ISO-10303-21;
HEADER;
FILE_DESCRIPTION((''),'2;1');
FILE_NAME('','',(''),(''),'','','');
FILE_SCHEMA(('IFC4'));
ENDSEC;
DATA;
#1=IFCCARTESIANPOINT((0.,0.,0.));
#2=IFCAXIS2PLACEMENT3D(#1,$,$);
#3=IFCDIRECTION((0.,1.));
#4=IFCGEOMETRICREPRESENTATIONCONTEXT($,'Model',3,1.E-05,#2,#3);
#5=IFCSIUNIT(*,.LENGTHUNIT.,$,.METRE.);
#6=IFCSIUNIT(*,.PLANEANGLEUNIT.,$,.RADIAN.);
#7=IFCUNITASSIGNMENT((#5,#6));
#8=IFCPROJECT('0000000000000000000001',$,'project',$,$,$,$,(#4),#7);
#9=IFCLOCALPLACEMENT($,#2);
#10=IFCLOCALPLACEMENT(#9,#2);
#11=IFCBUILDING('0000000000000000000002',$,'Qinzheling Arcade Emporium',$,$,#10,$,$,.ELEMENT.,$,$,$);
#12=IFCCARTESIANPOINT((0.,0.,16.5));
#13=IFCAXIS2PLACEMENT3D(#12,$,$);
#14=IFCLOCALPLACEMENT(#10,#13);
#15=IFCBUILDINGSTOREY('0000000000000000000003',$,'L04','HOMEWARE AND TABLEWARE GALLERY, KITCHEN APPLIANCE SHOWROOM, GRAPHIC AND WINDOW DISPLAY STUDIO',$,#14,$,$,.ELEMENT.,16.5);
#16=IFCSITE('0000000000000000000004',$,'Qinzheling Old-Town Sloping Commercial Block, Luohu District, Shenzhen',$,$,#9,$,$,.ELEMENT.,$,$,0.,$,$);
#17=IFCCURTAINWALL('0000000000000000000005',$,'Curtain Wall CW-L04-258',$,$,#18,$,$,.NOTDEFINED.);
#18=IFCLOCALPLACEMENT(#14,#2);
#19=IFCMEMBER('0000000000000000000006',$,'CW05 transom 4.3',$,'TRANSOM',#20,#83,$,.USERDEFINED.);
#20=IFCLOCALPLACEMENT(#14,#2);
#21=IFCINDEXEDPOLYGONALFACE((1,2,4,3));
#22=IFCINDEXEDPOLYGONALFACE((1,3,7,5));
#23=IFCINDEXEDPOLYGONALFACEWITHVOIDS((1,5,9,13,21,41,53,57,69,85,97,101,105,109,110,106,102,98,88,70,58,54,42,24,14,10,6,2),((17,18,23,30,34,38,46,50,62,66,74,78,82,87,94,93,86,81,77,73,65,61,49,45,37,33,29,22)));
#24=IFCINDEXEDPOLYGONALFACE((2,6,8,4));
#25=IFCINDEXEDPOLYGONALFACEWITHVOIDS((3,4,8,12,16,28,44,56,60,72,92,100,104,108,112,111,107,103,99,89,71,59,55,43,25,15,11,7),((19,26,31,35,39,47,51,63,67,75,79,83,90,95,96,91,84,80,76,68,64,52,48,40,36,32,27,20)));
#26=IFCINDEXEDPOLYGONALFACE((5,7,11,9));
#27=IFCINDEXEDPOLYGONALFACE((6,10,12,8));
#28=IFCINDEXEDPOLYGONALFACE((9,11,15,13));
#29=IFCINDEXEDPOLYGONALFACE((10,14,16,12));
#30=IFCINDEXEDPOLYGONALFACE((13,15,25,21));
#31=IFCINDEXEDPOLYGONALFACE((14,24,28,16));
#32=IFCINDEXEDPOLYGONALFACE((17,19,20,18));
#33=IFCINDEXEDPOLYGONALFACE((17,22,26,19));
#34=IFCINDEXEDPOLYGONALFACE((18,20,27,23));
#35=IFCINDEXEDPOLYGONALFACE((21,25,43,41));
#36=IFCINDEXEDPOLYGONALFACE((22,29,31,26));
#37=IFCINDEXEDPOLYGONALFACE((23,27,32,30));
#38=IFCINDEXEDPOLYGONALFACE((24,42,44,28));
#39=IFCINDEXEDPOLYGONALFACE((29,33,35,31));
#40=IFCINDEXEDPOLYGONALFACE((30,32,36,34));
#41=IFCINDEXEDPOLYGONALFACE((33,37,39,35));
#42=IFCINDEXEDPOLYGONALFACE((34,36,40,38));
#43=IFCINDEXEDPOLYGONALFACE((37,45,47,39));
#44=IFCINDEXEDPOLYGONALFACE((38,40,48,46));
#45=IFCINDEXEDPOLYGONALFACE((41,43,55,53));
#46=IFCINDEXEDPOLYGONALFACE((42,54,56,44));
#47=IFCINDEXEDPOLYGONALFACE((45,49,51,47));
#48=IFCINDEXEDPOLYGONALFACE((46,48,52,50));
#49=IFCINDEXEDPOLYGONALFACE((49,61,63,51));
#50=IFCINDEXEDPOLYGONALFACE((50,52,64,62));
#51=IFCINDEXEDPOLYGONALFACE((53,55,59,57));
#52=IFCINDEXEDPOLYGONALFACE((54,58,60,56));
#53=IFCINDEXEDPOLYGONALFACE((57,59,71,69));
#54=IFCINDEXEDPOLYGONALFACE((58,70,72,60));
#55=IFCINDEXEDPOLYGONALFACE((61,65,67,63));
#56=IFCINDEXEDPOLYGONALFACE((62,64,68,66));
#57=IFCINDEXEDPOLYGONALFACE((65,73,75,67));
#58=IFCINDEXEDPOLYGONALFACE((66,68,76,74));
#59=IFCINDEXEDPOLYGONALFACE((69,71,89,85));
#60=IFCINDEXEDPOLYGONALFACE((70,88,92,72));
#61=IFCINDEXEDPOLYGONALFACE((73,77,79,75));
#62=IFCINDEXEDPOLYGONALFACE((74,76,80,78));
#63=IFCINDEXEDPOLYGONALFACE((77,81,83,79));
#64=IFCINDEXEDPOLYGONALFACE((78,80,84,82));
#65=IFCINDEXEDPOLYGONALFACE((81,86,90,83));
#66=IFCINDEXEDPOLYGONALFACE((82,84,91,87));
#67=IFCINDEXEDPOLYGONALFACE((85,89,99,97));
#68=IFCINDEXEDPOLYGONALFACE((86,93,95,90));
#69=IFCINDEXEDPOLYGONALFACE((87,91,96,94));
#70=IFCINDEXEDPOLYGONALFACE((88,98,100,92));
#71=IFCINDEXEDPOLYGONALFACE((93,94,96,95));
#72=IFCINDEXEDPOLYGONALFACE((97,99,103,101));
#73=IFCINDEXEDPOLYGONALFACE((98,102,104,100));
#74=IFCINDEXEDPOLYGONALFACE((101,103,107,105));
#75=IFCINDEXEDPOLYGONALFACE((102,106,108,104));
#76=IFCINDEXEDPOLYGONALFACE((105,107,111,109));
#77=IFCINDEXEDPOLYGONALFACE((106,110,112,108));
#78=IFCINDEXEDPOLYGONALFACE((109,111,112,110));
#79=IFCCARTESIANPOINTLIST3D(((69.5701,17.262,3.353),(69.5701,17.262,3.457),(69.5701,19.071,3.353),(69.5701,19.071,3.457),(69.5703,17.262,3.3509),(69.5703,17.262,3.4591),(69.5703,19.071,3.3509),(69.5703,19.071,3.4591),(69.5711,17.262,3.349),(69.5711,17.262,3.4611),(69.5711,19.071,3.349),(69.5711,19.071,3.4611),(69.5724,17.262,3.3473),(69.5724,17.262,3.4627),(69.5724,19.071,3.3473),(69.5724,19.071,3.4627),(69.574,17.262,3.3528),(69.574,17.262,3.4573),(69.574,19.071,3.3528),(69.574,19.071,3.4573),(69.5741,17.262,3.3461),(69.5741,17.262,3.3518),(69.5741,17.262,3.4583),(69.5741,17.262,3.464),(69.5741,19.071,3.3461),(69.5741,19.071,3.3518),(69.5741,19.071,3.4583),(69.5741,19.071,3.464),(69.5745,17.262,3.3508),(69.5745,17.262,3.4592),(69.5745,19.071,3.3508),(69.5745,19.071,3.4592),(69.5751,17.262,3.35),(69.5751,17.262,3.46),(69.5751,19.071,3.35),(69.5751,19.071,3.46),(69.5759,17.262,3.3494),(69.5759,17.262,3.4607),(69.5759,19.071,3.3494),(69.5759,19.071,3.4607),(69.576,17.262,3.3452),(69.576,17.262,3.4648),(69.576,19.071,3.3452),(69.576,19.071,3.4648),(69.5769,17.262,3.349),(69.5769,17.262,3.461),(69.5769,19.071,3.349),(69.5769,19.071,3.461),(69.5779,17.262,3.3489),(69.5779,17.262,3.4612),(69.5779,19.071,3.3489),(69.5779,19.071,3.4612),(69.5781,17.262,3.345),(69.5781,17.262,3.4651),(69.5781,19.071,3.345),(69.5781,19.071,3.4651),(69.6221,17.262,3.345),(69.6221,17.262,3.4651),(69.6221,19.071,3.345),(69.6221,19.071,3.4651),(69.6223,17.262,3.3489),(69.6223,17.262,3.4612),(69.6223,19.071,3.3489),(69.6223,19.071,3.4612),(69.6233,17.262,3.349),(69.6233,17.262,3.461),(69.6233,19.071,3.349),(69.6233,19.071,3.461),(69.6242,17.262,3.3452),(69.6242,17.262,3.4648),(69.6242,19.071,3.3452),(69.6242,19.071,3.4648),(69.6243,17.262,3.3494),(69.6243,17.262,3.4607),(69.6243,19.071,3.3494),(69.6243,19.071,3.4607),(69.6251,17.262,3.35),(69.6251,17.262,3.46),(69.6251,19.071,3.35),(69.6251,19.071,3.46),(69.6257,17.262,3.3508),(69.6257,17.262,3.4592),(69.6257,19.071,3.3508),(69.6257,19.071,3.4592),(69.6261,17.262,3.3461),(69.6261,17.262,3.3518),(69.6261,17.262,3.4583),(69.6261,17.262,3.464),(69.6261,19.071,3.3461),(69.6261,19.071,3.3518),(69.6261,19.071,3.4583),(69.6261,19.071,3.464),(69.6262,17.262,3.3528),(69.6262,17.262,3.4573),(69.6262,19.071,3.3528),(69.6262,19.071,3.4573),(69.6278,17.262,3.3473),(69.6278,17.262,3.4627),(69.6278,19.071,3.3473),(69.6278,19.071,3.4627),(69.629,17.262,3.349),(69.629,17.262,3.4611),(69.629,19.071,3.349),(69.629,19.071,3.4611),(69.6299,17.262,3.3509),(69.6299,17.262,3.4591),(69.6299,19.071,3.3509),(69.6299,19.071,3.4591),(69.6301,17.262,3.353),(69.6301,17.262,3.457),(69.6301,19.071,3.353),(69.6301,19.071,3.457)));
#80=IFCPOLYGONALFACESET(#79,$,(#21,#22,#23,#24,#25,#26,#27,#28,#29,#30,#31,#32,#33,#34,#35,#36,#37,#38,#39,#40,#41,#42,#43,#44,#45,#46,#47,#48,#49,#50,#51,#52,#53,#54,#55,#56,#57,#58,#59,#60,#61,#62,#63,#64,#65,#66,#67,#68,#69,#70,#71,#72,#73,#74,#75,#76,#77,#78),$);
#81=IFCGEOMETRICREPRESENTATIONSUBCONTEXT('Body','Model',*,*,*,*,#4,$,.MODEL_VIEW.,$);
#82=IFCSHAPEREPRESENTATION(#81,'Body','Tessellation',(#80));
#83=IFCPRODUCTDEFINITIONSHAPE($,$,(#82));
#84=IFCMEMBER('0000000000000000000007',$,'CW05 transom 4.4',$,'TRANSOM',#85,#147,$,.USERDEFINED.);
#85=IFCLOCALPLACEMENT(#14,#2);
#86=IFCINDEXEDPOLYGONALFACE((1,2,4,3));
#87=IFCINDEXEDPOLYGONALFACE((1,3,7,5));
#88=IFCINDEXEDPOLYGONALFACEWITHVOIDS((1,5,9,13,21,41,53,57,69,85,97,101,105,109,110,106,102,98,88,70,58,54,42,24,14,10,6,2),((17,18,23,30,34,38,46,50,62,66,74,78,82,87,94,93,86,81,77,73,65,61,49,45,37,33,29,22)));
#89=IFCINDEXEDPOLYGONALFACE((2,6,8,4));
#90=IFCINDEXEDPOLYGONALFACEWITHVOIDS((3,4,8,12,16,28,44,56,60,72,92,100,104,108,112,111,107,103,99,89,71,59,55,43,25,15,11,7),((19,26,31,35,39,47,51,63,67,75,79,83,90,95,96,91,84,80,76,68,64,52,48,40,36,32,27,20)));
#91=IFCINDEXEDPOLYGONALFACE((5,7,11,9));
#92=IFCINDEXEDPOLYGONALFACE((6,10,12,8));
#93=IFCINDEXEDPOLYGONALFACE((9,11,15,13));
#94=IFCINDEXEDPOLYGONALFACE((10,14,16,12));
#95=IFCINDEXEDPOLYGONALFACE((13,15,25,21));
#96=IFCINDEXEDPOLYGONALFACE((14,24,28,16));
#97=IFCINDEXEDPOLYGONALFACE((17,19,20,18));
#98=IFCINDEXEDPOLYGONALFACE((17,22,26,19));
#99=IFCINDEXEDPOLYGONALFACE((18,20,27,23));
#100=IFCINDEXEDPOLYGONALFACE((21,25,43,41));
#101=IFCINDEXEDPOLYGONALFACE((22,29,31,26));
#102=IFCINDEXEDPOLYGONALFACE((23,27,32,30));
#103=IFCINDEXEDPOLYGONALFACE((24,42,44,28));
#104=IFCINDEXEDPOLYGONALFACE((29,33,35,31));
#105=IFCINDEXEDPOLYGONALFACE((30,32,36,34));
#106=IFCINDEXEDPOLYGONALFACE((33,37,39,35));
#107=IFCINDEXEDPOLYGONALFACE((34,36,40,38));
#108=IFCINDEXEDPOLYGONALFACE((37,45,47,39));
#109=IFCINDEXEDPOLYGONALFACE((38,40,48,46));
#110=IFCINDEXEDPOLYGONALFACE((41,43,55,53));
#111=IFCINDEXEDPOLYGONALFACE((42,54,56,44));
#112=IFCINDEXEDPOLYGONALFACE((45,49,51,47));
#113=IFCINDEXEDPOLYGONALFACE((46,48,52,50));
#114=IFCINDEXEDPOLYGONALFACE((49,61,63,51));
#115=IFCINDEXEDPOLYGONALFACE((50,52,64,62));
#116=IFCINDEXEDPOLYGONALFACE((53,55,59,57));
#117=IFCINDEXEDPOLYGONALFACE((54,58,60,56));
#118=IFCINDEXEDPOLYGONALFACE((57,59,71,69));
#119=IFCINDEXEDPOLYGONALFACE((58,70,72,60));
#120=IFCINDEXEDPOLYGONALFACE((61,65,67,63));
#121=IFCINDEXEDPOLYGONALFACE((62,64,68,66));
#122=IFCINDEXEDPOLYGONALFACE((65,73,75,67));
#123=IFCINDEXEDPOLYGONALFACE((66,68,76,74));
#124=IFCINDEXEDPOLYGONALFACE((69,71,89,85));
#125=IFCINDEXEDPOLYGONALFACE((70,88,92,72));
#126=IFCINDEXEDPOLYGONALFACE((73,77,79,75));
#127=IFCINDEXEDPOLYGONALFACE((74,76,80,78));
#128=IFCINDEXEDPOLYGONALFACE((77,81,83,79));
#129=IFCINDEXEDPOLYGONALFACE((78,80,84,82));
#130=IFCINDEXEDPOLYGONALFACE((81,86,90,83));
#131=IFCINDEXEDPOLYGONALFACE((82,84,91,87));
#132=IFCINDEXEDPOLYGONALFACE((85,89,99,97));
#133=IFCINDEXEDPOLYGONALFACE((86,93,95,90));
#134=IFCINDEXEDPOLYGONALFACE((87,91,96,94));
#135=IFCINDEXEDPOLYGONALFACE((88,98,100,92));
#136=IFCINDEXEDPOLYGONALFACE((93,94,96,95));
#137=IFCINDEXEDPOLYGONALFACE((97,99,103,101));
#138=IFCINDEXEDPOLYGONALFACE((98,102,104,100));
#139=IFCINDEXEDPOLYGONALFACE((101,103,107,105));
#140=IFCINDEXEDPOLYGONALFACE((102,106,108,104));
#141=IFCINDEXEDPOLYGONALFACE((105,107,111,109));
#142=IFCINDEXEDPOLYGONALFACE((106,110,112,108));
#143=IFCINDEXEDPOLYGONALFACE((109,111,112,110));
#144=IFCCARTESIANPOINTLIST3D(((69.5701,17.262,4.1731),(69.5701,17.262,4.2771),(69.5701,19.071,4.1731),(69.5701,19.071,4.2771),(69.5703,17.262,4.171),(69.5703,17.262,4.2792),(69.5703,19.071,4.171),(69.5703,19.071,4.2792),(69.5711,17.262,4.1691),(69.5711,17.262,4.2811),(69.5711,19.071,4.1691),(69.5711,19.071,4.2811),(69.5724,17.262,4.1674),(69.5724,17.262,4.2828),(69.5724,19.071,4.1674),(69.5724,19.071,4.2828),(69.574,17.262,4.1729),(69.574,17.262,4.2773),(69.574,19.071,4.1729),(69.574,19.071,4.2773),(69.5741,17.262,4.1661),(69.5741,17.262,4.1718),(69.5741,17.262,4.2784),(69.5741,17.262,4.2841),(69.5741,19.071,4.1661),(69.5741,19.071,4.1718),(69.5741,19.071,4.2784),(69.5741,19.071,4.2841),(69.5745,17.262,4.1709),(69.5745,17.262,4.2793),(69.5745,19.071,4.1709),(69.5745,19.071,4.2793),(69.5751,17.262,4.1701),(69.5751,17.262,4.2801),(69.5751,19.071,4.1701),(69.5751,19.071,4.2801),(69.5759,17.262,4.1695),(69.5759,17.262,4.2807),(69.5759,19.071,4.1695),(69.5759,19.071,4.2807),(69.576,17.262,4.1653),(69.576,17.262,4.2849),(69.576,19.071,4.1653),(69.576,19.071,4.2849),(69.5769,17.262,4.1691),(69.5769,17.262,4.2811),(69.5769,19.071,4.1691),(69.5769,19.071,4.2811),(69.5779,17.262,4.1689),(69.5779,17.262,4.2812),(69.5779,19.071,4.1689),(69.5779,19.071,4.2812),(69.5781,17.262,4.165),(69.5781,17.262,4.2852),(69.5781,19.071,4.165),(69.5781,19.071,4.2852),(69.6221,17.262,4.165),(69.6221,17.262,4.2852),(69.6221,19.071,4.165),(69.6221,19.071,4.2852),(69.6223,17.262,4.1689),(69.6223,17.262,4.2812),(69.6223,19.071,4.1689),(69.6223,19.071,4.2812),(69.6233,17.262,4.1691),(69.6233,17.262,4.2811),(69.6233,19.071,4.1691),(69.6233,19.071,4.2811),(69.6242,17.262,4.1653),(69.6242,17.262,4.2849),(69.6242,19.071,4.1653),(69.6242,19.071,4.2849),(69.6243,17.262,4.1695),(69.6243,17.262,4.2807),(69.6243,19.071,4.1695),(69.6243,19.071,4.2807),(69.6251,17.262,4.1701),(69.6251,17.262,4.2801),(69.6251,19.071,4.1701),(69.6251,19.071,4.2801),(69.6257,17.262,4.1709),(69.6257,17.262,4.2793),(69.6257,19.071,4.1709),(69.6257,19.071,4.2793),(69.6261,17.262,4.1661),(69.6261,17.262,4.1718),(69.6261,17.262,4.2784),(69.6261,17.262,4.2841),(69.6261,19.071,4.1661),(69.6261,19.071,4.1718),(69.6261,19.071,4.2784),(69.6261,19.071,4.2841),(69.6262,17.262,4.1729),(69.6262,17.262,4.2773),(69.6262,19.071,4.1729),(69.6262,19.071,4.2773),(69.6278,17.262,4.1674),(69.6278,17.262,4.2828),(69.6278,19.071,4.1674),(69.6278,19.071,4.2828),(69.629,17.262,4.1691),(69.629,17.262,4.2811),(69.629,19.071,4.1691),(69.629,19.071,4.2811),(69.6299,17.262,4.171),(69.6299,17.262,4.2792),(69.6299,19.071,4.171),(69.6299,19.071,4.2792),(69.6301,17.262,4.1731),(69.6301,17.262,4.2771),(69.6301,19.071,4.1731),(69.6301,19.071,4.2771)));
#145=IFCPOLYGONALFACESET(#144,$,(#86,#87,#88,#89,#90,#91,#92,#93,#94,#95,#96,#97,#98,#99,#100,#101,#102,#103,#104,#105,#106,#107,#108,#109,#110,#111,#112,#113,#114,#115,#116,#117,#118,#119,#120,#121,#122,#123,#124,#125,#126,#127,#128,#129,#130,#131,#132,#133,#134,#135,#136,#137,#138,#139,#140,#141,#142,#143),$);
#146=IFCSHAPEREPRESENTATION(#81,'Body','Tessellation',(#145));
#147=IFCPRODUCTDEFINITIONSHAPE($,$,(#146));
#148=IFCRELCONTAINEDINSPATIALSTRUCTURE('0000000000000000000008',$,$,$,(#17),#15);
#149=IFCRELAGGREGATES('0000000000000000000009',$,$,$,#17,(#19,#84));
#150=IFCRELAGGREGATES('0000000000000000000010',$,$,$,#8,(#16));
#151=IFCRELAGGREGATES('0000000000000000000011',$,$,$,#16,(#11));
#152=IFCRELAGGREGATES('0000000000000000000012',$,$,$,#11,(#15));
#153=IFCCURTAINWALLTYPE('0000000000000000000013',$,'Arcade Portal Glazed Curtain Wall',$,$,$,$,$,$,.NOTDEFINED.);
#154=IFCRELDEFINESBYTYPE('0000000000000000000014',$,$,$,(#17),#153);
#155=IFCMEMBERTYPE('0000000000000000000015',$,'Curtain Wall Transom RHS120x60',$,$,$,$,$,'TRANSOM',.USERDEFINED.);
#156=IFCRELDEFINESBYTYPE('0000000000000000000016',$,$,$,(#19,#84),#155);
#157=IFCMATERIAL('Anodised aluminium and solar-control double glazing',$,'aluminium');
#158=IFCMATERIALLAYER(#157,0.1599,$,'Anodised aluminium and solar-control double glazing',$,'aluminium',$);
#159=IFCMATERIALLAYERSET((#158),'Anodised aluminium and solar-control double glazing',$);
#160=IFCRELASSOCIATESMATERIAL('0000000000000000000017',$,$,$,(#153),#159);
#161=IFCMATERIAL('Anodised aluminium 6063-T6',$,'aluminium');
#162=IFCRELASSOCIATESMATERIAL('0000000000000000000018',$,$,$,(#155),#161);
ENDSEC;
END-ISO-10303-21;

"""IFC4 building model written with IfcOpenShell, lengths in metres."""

from ifc_helpers import new_model, si_unit, direction, frame, origin, origin_2d, place, context, subcontext, project, spatial, hollow_rectangle, extrude, material, layer, layer_set, material_profile, profile_set, type_object, element, aggregate, save


model = new_model("IFC4")

# Units and contexts
model_context = context("Model", 3, precision=1e-05, world=origin(), true_north=direction((0.0, 1.0)))
body_context = subcontext(model_context, "Body", "Model", "MODEL_VIEW")
ifc_project = project(units=[si_unit("LENGTHUNIT", "METRE"), si_unit("PLANEANGLEUNIT", "RADIAN")], contexts=[model_context])

# Site, building, storey
site_placement = place(None, origin())
site = spatial("IfcSite", under=ifc_project, at=site_placement, Name="Qinzheling Old-Town Sloping Commercial Block, Luohu District, Shenzhen", CompositionType="ELEMENT", RefElevation=0.0)
building_placement = place(site_placement, origin())
building = spatial("IfcBuilding", under=site, at=building_placement, Name="Qinzheling Arcade Emporium", CompositionType="ELEMENT")
storey_placement = place(building_placement, frame((0.0, 0.0, 16.5)))
storey = spatial("IfcBuildingStorey", under=building, at=storey_placement, Name="L04", Description="HOMEWARE AND TABLEWARE GALLERY, KITCHEN APPLIANCE SHOWROOM, GRAPHIC AND WINDOW DISPLAY STUDIO", CompositionType="ELEMENT", Elevation=16.5)

# Curtain wall
ifc_material_1 = material(Name="Anodised aluminium and solar-control double glazing", Category="aluminium")
ifc_layer_1 = layer(ifc_material_1, 0.1599, Name="Anodised aluminium and solar-control double glazing", Category="aluminium")
ifc_layer_set_1 = layer_set([ifc_layer_1], Name="Anodised aluminium and solar-control double glazing")
curtain_wall_type = type_object("IfcCurtainWallType", Name="Arcade Portal Glazed Curtain Wall", PredefinedType="NOTDEFINED", material=ifc_layer_set_1)
curtain_wall_1_placement = place(storey_placement, origin())
curtain_wall_1 = element("IfcCurtainWall", 1, at=curtain_wall_1_placement, inside=storey, type_object=curtain_wall_type, Name="Curtain Wall CW-L04-258", PredefinedType="NOTDEFINED")
ifc_material_2 = material(Name="Anodised aluminium 6063-T6", Category="aluminium")

# Members
ifc_material_profile_1 = material_profile(ifc_material_2, hollow_rectangle(XDim=0.0601, YDim=0.1201, WallThickness=0.0039, InnerFilletRadius=0.0039, OuterFilletRadius=0.0081, at=origin_2d()), Name="RHS 120x60x4", Category="aluminium")
ifc_profile_set_1 = profile_set([ifc_material_profile_1], Name="Anodised aluminium 6063-T6")
member_type_1 = type_object("IfcMemberType", Name="Curtain Wall Transom RHS120x60", ElementType="TRANSOM", PredefinedType="USERDEFINED", material=ifc_profile_set_1)
member_1_placement = place(storey_placement, frame((69.6001, 19.071, 3.405), z_axis=(0.0, -1.0, 0.0), x_axis=(1.0, 0.0, 0.0)))
member_1 = element("IfcMember", 2, at=member_1_placement, type_object=member_type_1, Name="CW05 transom 4.3", ObjectType="TRANSOM", PredefinedType="USERDEFINED", context=body_context, shape_type="SweptSolid", body=[
    extrude(hollow_rectangle(XDim=0.0601, YDim=0.1201, WallThickness=0.0039, InnerFilletRadius=0.0039, OuterFilletRadius=0.0081, at=origin_2d()), origin(), (0.0, 0.0, 1.0), 1.8091),
])
member_2_placement = place(storey_placement, frame((69.6001, 19.071, 4.2251), z_axis=(0.0, -1.0, 0.0), x_axis=(1.0, 0.0, 0.0)))
member_2 = element("IfcMember", 3, at=member_2_placement, type_object=member_type_1, Name="CW05 transom 4.4", ObjectType="TRANSOM", PredefinedType="USERDEFINED", context=body_context, shape_type="SweptSolid", body=[
    extrude(hollow_rectangle(XDim=0.0601, YDim=0.1201, WallThickness=0.0039, InnerFilletRadius=0.0039, OuterFilletRadius=0.0081, at=origin_2d()), origin(), (0.0, 0.0, 1.0), 1.8091),
])

aggregate(curtain_wall_1, [member_1, member_2])

save(model, "model.ifc")
